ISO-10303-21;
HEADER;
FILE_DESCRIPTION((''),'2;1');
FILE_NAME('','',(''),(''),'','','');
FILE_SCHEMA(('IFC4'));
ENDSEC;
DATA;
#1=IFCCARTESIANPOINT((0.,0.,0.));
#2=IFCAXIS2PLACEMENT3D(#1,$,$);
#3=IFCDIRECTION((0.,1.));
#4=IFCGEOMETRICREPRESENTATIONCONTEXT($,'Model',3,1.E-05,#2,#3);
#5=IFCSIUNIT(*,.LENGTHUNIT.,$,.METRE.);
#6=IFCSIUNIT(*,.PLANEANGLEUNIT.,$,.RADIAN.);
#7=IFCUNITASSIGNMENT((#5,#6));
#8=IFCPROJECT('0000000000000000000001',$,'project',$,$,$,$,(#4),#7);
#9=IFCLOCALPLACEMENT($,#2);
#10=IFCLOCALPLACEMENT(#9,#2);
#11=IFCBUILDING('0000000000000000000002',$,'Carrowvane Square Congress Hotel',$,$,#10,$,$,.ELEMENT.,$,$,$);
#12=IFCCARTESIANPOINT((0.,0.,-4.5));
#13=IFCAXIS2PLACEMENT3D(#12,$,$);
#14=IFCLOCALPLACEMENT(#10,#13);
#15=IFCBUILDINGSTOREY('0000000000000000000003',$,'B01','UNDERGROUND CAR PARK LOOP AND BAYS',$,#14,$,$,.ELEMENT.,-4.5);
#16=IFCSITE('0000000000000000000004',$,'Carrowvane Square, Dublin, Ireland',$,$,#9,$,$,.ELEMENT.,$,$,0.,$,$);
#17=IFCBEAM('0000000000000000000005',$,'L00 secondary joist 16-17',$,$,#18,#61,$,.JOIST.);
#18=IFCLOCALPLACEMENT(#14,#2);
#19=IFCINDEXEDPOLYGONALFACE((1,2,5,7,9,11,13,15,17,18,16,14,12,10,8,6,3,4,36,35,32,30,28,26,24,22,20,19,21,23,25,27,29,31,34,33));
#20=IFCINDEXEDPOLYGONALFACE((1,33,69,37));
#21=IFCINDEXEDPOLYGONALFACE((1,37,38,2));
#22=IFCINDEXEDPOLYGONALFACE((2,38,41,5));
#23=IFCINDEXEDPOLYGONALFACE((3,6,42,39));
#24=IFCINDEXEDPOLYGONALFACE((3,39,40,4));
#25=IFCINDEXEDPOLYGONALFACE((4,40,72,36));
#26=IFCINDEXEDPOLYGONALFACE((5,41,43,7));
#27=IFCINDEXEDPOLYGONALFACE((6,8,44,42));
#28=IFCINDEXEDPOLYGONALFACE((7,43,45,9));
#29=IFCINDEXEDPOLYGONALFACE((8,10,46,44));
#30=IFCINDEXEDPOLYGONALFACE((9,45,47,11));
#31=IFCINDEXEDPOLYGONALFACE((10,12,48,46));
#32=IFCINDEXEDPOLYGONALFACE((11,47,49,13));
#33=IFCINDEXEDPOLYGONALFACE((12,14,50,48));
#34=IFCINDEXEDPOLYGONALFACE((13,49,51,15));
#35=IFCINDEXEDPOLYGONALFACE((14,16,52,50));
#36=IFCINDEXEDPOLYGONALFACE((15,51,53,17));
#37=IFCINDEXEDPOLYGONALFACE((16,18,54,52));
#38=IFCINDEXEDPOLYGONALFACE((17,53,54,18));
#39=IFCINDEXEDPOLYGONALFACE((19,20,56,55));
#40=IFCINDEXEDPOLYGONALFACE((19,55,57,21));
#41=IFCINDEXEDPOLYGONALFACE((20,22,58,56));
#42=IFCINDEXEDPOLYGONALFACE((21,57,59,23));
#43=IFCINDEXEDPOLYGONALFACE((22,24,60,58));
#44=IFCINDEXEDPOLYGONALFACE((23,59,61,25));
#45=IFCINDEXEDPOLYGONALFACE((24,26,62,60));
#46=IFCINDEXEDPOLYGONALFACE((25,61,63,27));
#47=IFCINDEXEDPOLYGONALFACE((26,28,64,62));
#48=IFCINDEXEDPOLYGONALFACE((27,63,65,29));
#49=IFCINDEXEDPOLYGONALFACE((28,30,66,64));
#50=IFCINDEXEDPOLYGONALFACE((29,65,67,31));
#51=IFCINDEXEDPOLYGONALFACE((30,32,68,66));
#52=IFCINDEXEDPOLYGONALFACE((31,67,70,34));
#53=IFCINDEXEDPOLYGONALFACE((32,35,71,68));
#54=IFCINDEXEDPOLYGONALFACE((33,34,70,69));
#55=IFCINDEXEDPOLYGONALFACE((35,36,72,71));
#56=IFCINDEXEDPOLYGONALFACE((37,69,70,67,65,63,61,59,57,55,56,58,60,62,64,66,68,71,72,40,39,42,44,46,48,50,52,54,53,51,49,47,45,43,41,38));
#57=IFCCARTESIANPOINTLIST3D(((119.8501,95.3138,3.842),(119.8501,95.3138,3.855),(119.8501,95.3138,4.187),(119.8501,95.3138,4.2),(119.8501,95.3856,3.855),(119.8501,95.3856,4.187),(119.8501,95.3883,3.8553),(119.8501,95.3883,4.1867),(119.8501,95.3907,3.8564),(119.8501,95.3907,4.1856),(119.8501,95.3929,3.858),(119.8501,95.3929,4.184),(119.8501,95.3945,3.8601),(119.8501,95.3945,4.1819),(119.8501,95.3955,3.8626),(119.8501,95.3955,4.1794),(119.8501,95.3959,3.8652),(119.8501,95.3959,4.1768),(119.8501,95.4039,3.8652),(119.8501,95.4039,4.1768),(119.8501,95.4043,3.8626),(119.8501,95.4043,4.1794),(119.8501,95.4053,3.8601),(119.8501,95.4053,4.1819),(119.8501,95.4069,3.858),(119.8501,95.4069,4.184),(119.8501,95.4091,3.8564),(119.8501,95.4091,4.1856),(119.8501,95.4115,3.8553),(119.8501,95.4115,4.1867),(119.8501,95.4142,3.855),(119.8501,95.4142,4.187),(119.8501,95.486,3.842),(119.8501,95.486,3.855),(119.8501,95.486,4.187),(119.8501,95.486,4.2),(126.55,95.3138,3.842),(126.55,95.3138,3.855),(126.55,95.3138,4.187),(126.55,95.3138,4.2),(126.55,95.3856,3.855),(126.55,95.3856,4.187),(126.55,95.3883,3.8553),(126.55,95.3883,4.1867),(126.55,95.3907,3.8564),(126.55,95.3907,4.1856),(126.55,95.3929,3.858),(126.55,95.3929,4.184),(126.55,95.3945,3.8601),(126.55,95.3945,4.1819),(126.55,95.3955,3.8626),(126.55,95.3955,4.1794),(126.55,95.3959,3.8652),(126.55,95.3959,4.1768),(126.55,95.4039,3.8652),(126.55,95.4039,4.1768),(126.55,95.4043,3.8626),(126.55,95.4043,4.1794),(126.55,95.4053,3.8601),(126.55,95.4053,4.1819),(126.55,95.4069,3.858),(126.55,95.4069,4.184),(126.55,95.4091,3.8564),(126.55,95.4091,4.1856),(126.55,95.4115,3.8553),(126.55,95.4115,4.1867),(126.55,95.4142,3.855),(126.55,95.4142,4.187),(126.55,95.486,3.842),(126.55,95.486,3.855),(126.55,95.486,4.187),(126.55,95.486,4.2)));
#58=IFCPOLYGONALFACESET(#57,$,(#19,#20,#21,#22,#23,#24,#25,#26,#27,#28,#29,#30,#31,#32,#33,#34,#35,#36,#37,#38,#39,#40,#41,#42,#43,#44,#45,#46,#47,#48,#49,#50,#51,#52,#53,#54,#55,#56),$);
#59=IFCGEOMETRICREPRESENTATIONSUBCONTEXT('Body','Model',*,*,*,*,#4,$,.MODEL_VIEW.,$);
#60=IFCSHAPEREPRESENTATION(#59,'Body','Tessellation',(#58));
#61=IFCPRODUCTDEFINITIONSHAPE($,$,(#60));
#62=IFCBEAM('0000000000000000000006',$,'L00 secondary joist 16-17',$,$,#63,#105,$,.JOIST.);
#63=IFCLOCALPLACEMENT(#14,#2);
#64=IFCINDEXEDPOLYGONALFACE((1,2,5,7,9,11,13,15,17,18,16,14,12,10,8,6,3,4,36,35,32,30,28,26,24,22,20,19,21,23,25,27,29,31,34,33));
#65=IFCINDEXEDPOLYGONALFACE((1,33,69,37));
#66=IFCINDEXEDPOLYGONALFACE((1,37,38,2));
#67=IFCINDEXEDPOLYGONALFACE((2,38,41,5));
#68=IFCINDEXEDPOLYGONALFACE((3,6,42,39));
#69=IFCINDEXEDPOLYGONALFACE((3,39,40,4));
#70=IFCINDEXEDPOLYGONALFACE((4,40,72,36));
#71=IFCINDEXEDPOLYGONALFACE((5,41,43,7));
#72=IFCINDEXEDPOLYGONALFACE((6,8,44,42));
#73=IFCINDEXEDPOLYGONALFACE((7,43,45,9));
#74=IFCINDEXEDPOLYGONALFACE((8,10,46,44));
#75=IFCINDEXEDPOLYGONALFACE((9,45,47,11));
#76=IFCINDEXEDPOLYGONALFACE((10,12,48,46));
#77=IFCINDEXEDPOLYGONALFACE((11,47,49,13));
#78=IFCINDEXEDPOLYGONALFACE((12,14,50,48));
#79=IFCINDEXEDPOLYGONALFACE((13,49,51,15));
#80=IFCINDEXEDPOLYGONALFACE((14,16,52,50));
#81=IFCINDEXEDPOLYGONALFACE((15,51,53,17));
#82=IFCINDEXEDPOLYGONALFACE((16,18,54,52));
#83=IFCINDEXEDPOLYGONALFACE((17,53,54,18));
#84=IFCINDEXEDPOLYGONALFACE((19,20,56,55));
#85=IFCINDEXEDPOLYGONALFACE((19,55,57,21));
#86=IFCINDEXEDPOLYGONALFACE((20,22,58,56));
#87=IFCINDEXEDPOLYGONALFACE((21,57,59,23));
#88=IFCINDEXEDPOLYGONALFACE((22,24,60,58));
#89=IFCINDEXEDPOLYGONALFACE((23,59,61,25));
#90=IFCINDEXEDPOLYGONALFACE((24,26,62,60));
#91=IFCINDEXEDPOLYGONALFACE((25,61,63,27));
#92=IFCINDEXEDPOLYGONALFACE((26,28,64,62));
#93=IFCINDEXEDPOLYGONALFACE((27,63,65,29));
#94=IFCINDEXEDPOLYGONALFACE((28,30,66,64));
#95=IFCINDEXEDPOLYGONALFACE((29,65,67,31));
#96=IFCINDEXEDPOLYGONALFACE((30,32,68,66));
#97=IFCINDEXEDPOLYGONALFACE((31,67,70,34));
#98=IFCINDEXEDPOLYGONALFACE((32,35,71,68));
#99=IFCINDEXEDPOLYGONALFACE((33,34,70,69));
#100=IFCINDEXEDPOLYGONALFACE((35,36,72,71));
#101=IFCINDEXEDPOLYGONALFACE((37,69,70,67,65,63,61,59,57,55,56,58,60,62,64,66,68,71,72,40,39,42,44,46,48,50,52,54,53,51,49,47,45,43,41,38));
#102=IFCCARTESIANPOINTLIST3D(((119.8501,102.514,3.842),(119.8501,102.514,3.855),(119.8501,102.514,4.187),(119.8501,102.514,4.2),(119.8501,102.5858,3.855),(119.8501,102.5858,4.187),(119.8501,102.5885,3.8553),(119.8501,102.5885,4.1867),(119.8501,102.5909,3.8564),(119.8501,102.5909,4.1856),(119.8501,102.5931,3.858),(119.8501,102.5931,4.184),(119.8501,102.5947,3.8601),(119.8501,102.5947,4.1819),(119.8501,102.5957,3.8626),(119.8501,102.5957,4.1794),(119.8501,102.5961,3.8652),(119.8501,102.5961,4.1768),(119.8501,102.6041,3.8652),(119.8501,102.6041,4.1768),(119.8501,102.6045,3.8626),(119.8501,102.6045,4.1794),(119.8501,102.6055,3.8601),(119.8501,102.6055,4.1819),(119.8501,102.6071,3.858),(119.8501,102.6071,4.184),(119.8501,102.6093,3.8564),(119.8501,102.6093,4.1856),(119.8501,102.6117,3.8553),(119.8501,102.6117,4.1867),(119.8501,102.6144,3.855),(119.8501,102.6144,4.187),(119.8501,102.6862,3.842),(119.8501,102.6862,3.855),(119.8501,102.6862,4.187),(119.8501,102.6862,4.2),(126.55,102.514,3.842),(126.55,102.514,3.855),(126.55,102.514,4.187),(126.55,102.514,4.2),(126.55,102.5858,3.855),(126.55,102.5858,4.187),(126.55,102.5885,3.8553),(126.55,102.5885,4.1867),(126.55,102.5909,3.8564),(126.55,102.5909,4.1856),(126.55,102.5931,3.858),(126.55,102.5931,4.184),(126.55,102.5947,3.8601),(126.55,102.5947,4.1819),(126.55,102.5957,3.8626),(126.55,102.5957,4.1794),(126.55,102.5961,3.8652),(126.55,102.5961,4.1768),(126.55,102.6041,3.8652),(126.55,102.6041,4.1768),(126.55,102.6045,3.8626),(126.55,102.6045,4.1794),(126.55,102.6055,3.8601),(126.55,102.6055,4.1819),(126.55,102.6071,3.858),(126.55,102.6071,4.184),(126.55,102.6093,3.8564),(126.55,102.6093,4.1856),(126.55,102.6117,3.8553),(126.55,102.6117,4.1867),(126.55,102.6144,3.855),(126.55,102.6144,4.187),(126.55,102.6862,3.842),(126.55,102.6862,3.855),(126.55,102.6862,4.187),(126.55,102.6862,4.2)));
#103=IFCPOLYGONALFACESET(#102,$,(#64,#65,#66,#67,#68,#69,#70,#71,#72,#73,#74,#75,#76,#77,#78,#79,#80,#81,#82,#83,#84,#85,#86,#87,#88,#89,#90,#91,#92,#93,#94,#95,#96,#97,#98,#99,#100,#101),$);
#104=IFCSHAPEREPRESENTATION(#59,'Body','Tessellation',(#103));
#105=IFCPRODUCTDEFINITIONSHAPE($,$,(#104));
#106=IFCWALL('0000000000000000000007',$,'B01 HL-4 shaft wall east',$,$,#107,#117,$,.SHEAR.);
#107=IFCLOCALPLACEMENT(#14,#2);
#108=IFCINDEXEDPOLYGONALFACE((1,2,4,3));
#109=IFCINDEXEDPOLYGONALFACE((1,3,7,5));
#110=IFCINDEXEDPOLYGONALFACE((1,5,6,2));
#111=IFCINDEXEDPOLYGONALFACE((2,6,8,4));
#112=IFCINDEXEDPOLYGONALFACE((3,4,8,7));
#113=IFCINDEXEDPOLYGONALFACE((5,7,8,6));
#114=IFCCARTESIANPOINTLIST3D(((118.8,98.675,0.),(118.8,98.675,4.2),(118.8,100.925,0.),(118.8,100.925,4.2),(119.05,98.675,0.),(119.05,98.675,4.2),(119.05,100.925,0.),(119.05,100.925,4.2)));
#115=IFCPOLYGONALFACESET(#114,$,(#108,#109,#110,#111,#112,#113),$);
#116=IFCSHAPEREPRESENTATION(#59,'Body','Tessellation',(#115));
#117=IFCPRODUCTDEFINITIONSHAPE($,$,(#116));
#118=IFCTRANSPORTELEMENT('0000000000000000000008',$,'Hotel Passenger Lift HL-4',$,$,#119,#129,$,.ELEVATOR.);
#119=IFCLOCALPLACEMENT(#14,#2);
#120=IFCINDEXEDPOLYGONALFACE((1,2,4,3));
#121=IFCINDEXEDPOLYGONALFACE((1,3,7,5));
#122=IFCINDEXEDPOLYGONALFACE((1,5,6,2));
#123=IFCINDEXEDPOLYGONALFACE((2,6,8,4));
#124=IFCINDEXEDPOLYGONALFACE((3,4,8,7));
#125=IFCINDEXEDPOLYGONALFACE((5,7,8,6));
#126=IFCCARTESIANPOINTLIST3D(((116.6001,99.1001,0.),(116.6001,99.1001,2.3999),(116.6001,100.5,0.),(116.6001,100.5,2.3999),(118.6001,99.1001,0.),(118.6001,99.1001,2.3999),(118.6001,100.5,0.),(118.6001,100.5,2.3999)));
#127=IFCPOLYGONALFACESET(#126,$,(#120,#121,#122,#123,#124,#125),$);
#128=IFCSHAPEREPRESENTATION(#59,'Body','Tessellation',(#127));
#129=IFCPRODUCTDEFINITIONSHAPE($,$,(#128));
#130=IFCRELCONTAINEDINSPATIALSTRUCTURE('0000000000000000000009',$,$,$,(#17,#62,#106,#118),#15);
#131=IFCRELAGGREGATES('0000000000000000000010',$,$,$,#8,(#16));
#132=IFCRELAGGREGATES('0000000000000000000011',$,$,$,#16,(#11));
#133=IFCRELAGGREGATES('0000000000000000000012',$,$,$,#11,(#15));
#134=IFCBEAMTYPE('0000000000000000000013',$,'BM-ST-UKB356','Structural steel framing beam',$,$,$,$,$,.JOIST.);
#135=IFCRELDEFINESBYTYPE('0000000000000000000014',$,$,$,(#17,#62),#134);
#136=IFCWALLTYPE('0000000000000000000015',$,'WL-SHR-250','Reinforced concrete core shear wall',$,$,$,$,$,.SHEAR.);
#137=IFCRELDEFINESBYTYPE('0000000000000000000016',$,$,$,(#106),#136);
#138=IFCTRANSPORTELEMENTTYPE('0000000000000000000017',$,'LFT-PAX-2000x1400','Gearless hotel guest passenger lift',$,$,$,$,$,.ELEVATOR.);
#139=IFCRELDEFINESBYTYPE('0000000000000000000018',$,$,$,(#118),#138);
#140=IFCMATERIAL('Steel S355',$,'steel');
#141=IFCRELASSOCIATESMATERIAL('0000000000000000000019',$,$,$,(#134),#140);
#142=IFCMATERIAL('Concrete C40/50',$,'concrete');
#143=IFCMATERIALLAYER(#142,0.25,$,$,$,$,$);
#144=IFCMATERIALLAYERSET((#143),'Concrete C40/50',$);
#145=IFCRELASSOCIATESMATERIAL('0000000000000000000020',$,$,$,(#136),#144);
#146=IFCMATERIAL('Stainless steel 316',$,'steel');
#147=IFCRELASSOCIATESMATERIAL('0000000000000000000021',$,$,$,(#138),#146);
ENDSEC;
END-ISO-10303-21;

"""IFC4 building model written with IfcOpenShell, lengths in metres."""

from ifc_helpers import new_model, si_unit, direction, frame, frame_2d, origin, origin_2d, place, context, subcontext, project, spatial, rectangle, i_section, extrude, material, layer, layer_set, material_profile, profile_set, type_object, element, save


model = new_model("IFC4")

# Units and contexts
model_context = context("Model", 3, precision=1e-05, world=origin(), true_north=direction((0.0, 1.0)))
body_context = subcontext(model_context, "Body", "Model", "MODEL_VIEW")
ifc_project = project(units=[si_unit("LENGTHUNIT", "METRE"), si_unit("PLANEANGLEUNIT", "RADIAN")], contexts=[model_context])

# Site, building, storey
site_placement = place(None, origin())
site = spatial("IfcSite", under=ifc_project, at=site_placement, Name="Carrowvane Square, Dublin, Ireland", CompositionType="ELEMENT", RefElevation=0.0)
building_placement = place(site_placement, origin())
building = spatial("IfcBuilding", under=site, at=building_placement, Name="Carrowvane Square Congress Hotel", CompositionType="ELEMENT")
storey_placement = place(building_placement, frame((0.0, 0.0, -4.5)))
storey = spatial("IfcBuildingStorey", under=building, at=storey_placement, Name="B01", Description="UNDERGROUND CAR PARK LOOP AND BAYS", CompositionType="ELEMENT", Elevation=-4.5)

# Beams
ifc_material_1 = material(Name="Steel S355", Category="steel")
ifc_material_profile_1 = material_profile(ifc_material_1, i_section(OverallWidth=0.1721, OverallDepth=0.3579, WebThickness=0.0081, FlangeThickness=0.0129, FilletRadius=0.0103, at=origin_2d()), Name="UKB 356x171x57")
ifc_profile_set_1 = profile_set([ifc_material_profile_1], Name="Steel S355")
beam_type_1 = type_object("IfcBeamType", Name="BM-ST-UKB356", Description="Structural steel framing beam", PredefinedType="JOIST", material=ifc_profile_set_1)
for number, where, z_axis, x_axis, name in (
    (1, (119.8501, 95.3999, 4.021), (1.0, 0.0, 0.0), (0.0, 1.0, 0.0), "L00 secondary joist 16-17"),
    (2, (119.8501, 102.6001, 4.021), (1.0, 0.0, 0.0), (0.0, 1.0, 0.0), "L00 secondary joist 16-17"),
):
    element("IfcBeam", number, at=place(storey_placement, frame(where, z_axis=z_axis, x_axis=x_axis)), inside=storey, type_object=beam_type_1, Name=name, PredefinedType="JOIST", context=body_context, shape_type="SweptSolid", body=[
        extrude(i_section(OverallWidth=0.1721, OverallDepth=0.3579, WebThickness=0.0081, FlangeThickness=0.0129, FilletRadius=0.0103, at=origin_2d()), origin(), (0.0, 0.0, 1.0), 6.7),
    ])

# Wall
ifc_material_2 = material(Name="Concrete C40/50", Category="concrete")
ifc_layer = layer(ifc_material_2, 0.25)
ifc_layer_set = layer_set([ifc_layer], Name="Concrete C40/50")
wall_type = type_object("IfcWallType", Name="WL-SHR-250", Description="Reinforced concrete core shear wall", PredefinedType="SHEAR", material=ifc_layer_set)
wall_1_placement = place(storey_placement, frame((118.925, 98.675, 0.0), z_axis=(0.0, 0.0, 1.0), x_axis=(0.0, 1.0, 0.0)))
element("IfcWall", 3, at=wall_1_placement, inside=storey, type_object=wall_type, Name="B01 HL-4 shaft wall east", PredefinedType="SHEAR", context=body_context, shape_type="SweptSolid", body=[
    extrude(rectangle(XDim=2.25, YDim=0.25, at=frame_2d((1.125, 0.0))), origin(), (0.0, 0.0, 1.0), 4.2),
])

# Transport element
ifc_material_3 = material(Name="Stainless steel 316", Category="steel")
transport_element_type = type_object("IfcTransportElementType", Name="LFT-PAX-2000x1400", Description="Gearless hotel guest passenger lift", PredefinedType="ELEVATOR", material=ifc_material_3)
transport_element_placement = place(storey_placement, frame((117.6001, 99.8, 0.0), z_axis=(0.0, 0.0, 1.0), x_axis=(1.0, 0.0, 0.0)))
element("IfcTransportElement", 4, at=transport_element_placement, inside=storey, type_object=transport_element_type, Name="Hotel Passenger Lift HL-4", PredefinedType="ELEVATOR", context=body_context, shape_type="SweptSolid", body=[
    extrude(rectangle(XDim=2.0, YDim=1.3999, at=origin_2d()), origin(), (0.0, 0.0, 1.0), 2.3999),
])

save(model, "model.ifc")
